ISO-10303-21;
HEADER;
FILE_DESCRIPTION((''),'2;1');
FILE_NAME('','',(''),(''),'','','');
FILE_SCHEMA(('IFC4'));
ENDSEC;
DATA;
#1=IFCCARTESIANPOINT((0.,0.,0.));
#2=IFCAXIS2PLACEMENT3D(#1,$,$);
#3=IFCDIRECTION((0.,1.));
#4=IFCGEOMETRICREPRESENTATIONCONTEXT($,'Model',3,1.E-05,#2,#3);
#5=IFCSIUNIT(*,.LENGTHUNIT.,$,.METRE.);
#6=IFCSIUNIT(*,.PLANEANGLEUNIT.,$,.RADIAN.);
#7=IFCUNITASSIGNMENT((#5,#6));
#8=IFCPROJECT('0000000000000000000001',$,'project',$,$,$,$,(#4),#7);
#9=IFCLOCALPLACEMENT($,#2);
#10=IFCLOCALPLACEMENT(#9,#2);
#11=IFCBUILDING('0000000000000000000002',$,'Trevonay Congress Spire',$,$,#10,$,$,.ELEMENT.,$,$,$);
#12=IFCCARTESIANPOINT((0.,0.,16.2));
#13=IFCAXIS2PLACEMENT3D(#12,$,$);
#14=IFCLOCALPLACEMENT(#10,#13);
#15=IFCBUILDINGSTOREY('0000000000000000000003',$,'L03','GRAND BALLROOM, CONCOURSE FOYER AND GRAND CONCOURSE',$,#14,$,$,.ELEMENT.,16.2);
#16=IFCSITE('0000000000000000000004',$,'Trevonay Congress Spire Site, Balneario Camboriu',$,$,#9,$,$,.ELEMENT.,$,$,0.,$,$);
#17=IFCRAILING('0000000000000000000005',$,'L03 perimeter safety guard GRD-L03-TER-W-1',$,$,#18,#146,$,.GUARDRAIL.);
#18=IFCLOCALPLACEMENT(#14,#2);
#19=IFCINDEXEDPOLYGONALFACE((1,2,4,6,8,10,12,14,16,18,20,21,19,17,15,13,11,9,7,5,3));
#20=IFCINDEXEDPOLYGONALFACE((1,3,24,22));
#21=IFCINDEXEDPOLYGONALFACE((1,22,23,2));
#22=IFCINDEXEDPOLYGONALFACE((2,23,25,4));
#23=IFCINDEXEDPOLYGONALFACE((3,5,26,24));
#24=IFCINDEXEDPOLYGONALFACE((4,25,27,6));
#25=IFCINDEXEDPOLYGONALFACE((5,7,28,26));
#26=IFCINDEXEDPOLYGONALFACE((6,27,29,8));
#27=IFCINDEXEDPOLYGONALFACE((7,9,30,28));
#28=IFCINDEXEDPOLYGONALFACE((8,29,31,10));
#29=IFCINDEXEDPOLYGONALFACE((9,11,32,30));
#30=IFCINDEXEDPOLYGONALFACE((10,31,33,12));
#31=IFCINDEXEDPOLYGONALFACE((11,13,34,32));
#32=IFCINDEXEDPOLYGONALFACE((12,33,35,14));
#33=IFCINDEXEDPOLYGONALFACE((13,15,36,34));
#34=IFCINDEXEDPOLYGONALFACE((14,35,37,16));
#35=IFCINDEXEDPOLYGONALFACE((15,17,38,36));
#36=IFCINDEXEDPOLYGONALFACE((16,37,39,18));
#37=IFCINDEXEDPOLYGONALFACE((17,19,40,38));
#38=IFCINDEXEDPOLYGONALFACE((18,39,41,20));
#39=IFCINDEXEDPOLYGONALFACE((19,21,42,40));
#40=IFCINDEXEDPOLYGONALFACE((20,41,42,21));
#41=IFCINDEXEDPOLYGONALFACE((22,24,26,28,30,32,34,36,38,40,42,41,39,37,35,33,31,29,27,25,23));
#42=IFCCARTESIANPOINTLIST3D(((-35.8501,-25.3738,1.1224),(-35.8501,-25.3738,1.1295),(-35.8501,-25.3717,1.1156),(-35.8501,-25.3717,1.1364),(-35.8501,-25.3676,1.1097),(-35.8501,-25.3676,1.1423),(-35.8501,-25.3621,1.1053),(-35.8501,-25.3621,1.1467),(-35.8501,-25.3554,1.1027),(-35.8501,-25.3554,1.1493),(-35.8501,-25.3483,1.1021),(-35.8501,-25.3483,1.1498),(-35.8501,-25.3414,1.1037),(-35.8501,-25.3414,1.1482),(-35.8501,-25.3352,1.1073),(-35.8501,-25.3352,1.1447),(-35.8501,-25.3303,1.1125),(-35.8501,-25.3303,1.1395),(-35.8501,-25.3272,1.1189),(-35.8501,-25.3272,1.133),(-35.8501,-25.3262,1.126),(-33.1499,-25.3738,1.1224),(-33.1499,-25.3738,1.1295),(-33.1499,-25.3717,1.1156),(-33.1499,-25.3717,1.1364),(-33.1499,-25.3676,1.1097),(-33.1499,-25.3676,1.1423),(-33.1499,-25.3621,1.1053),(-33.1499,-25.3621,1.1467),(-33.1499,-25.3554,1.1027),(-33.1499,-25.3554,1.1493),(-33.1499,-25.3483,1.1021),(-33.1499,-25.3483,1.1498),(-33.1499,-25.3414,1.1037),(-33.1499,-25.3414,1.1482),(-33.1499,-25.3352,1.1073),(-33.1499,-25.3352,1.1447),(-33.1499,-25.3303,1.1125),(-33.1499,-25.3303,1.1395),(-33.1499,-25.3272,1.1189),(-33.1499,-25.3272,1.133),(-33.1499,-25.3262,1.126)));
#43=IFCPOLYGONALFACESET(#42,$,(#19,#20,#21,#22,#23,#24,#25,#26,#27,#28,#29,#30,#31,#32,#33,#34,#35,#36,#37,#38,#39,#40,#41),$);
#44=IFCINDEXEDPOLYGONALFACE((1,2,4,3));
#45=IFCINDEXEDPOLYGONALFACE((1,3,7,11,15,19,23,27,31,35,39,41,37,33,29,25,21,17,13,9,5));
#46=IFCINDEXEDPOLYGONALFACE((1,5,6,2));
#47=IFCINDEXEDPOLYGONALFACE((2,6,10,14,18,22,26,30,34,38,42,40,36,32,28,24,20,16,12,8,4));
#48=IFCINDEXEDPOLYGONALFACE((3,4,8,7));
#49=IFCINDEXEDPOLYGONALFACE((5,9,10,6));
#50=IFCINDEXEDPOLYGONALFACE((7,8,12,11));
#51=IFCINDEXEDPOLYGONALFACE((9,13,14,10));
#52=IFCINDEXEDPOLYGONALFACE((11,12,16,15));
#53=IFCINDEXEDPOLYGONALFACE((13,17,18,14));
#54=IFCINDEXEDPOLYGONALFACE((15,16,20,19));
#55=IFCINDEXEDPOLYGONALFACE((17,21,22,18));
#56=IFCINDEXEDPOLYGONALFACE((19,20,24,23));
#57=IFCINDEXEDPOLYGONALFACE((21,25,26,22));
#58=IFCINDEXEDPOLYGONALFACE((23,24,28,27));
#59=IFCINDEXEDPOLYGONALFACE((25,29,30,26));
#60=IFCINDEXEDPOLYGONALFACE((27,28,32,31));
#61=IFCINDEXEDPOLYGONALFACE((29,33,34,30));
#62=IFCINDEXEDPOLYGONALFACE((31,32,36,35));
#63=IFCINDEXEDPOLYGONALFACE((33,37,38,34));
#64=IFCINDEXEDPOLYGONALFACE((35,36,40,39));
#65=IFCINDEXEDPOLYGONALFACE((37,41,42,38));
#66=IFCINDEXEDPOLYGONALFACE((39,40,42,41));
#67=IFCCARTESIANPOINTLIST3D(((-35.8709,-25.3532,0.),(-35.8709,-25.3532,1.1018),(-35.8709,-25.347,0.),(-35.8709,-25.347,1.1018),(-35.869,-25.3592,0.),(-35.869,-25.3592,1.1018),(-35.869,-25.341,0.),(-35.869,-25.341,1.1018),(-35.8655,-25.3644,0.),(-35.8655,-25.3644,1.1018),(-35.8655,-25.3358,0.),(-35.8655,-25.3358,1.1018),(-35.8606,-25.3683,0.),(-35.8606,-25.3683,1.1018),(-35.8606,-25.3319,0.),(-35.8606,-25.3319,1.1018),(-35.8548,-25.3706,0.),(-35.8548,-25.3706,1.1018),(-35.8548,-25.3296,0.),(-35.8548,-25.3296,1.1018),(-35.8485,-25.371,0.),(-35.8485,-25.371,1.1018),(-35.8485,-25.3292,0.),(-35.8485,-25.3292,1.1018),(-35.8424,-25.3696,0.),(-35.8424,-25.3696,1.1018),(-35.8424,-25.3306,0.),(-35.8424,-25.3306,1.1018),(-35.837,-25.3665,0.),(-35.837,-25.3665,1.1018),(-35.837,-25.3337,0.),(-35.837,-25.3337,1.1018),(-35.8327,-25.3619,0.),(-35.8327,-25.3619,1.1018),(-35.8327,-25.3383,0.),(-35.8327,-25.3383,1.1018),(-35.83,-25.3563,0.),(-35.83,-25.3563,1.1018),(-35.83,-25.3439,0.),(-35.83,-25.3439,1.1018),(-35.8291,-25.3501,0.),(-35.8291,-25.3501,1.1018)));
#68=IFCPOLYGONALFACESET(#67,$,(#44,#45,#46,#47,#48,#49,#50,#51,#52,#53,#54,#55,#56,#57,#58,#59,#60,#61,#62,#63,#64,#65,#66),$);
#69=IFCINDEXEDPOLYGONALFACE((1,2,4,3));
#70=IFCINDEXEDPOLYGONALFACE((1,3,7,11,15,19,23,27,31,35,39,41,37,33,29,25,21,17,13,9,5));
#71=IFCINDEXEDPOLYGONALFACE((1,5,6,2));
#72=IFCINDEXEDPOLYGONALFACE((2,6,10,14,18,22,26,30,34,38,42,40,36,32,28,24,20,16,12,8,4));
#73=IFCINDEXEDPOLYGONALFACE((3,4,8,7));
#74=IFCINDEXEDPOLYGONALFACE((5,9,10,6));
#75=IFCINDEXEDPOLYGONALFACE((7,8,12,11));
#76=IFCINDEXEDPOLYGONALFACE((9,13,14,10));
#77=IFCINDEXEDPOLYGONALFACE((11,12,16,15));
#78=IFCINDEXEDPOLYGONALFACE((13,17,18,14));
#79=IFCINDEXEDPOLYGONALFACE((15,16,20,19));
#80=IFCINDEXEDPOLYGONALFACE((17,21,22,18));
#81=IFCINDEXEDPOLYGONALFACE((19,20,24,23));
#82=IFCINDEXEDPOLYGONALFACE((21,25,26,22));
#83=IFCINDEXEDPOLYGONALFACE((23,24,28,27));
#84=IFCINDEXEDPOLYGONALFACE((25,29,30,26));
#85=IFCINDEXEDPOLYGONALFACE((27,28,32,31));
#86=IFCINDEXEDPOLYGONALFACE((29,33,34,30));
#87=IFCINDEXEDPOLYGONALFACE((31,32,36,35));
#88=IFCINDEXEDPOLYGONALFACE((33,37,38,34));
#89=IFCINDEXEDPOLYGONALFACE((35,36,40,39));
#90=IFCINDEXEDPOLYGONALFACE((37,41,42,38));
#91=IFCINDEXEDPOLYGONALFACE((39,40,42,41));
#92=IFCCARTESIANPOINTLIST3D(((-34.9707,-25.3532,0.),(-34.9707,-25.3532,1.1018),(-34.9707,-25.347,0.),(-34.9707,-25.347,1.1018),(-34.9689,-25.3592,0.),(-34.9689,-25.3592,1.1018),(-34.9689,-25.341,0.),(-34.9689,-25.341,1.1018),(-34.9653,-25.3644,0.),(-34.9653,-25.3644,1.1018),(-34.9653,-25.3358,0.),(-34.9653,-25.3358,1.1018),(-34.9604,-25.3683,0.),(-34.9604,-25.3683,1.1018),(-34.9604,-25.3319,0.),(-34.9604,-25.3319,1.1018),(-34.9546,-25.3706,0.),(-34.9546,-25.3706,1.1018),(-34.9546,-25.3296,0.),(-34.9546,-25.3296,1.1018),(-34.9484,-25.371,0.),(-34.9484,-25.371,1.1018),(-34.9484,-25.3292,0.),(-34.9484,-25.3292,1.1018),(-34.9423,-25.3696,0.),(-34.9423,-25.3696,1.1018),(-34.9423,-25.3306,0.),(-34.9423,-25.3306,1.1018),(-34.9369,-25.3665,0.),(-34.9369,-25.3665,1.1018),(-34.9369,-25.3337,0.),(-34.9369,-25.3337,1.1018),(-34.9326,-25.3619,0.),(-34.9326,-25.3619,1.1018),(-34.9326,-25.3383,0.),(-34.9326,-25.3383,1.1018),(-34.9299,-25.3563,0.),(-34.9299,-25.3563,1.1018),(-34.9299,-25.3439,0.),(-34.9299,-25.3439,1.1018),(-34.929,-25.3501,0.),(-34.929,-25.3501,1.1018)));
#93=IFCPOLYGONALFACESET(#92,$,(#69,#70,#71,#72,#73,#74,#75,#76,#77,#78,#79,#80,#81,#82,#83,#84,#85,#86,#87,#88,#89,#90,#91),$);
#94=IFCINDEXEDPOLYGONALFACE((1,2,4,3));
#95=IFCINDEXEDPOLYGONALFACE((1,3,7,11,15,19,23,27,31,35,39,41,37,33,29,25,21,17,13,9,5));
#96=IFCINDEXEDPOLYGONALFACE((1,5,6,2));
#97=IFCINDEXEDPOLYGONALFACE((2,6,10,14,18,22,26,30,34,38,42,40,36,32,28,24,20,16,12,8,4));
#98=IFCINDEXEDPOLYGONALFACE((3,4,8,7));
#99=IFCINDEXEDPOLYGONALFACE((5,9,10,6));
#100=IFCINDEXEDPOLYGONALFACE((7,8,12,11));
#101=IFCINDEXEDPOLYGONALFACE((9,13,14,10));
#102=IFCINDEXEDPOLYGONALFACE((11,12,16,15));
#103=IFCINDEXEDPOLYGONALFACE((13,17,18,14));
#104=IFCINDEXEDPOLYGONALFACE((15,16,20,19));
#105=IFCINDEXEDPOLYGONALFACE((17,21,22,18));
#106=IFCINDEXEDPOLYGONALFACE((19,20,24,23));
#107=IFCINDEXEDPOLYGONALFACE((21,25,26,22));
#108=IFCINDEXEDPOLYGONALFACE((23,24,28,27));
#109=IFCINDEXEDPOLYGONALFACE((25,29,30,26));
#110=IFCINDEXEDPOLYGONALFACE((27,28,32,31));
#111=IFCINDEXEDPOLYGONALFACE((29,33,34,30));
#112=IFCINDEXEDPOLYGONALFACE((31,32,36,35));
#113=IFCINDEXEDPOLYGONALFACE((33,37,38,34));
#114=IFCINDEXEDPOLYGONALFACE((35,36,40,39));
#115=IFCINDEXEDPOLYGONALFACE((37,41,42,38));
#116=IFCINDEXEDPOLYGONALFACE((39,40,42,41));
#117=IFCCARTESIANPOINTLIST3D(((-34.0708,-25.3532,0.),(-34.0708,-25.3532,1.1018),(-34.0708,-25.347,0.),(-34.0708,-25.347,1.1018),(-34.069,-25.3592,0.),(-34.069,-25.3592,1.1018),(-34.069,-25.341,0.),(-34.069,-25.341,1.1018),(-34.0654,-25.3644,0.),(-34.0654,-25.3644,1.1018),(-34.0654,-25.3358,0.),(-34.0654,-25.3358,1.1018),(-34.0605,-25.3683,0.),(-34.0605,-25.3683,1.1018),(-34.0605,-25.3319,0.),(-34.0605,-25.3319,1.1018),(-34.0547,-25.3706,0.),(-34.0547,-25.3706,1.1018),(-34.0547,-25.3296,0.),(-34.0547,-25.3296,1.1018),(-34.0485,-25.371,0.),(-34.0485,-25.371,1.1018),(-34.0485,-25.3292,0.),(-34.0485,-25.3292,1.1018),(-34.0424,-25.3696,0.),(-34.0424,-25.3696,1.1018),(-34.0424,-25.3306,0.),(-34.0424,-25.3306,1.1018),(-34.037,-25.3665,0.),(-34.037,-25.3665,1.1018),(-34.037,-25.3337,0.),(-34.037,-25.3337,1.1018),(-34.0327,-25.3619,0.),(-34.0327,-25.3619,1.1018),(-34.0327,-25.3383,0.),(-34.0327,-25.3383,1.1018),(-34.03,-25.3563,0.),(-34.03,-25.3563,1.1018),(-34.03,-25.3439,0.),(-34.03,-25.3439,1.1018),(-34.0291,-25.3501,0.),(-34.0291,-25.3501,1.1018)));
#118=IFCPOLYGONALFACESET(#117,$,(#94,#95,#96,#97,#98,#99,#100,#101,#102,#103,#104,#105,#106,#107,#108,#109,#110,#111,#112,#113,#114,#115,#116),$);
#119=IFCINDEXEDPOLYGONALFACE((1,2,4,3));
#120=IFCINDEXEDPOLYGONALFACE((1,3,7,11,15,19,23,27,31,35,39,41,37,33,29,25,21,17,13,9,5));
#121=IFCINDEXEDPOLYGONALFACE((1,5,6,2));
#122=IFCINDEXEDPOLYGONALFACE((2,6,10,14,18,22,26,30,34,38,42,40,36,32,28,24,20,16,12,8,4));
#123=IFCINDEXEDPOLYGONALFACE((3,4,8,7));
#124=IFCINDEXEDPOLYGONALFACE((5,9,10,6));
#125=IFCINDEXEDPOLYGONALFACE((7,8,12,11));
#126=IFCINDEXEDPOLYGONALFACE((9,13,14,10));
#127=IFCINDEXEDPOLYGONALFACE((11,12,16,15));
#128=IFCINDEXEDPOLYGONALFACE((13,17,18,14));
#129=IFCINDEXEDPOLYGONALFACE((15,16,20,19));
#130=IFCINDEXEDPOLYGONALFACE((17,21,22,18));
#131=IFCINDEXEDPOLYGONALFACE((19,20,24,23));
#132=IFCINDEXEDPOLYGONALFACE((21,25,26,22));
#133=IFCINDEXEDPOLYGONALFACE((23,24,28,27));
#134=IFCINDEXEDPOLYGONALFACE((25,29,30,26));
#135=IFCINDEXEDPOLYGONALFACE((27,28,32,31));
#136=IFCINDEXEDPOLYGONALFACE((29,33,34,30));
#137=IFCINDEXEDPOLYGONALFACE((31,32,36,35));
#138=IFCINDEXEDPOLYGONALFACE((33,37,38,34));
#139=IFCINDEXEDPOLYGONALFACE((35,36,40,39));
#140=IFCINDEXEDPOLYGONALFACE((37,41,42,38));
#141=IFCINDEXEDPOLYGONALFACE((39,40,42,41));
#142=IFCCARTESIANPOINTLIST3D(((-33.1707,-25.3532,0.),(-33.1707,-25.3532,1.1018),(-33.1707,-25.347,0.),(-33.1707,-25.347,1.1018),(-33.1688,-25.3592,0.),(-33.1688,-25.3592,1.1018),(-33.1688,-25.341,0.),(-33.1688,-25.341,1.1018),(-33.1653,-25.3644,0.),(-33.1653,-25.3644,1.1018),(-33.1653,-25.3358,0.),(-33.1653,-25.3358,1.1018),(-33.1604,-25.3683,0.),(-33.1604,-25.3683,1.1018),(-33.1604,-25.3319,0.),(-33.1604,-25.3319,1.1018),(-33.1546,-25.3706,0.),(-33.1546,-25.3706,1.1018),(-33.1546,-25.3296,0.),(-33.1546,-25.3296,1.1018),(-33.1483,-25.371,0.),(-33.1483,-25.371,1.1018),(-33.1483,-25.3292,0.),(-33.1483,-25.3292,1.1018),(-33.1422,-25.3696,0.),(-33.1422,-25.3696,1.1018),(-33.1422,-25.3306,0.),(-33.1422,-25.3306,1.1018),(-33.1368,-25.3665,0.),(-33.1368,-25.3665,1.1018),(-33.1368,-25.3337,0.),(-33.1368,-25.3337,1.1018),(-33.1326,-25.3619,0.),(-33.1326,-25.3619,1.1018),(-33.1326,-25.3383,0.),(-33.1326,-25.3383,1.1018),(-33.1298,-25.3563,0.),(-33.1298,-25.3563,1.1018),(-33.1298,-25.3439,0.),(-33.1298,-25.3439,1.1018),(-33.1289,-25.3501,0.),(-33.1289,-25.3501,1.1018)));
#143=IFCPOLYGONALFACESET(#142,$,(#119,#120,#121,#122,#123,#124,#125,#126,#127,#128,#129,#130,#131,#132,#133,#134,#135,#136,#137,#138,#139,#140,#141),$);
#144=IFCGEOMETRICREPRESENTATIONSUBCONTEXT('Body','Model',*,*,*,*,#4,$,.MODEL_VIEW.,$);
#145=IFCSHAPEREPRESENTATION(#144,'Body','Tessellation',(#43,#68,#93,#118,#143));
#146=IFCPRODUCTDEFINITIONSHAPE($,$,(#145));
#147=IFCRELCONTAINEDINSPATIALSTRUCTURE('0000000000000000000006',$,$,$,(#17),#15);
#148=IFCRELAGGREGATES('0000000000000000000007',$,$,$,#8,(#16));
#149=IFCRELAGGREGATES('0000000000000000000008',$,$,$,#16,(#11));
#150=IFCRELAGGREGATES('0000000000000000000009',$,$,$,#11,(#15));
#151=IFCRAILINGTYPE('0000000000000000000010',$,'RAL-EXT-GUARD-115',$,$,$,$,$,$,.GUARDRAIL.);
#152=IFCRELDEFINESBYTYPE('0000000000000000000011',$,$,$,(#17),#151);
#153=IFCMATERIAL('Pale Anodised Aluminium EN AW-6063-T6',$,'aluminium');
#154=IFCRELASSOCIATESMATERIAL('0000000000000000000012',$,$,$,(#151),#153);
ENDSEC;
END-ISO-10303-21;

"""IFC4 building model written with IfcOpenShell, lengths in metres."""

from ifc_helpers import new_model, si_unit, direction, frame, origin, origin_2d, place, context, subcontext, project, spatial, circle, extrude, material, type_object, element, save


model = new_model("IFC4")

# Units and contexts
model_context = context("Model", 3, precision=1e-05, world=origin(), true_north=direction((0.0, 1.0)))
body_context = subcontext(model_context, "Body", "Model", "MODEL_VIEW")
ifc_project = project(units=[si_unit("LENGTHUNIT", "METRE"), si_unit("PLANEANGLEUNIT", "RADIAN")], contexts=[model_context])

# Site, building, storey
site_placement = place(None, origin())
site = spatial("IfcSite", under=ifc_project, at=site_placement, Name="Trevonay Congress Spire Site, Balneario Camboriu", CompositionType="ELEMENT", RefElevation=0.0)
building_placement = place(site_placement, origin())
building = spatial("IfcBuilding", under=site, at=building_placement, Name="Trevonay Congress Spire", CompositionType="ELEMENT")
storey_placement = place(building_placement, frame((0.0, 0.0, 16.2)))
storey = spatial("IfcBuildingStorey", under=building, at=storey_placement, Name="L03", Description="GRAND BALLROOM, CONCOURSE FOYER AND GRAND CONCOURSE", CompositionType="ELEMENT", Elevation=16.2)

# Shared definitions
ifc_material_1 = material(Name="Pale Anodised Aluminium EN AW-6063-T6", Category="aluminium")

# Railing
railing_type_1 = type_object("IfcRailingType", Name="RAL-EXT-GUARD-115", PredefinedType="GUARDRAIL", material=ifc_material_1)
railing_1_placement = place(storey_placement, frame((-35.8501, -25.3501, 0.0)))
element("IfcRailing", 1, at=railing_1_placement, inside=storey, type_object=railing_type_1, Name="L03 perimeter safety guard GRD-L03-TER-W-1", PredefinedType="GUARDRAIL", context=body_context, shape_type="SweptSolid", body=[
    extrude(circle(Radius=0.0239, at=origin_2d()), frame((0.0, 0.0, 1.126), z_axis=(1.0, 0.0, 0.0), x_axis=(0.0, 1.0, 0.0)), (0.0, 0.0, 1.0), 2.7002),
    extrude(circle(Radius=0.021, at=origin_2d()), origin(), (0.0, 0.0, 1.0), 1.1018),
    extrude(circle(Radius=0.021, at=origin_2d()), frame((0.9001, 0.0, 0.0)), (0.0, 0.0, 1.0), 1.1018),
    extrude(circle(Radius=0.021, at=origin_2d()), frame((1.8, 0.0, 0.0)), (0.0, 0.0, 1.0), 1.1018),
    extrude(circle(Radius=0.021, at=origin_2d()), frame((2.7002, 0.0, 0.0)), (0.0, 0.0, 1.0), 1.1018),
])

save(model, "model.ifc")
